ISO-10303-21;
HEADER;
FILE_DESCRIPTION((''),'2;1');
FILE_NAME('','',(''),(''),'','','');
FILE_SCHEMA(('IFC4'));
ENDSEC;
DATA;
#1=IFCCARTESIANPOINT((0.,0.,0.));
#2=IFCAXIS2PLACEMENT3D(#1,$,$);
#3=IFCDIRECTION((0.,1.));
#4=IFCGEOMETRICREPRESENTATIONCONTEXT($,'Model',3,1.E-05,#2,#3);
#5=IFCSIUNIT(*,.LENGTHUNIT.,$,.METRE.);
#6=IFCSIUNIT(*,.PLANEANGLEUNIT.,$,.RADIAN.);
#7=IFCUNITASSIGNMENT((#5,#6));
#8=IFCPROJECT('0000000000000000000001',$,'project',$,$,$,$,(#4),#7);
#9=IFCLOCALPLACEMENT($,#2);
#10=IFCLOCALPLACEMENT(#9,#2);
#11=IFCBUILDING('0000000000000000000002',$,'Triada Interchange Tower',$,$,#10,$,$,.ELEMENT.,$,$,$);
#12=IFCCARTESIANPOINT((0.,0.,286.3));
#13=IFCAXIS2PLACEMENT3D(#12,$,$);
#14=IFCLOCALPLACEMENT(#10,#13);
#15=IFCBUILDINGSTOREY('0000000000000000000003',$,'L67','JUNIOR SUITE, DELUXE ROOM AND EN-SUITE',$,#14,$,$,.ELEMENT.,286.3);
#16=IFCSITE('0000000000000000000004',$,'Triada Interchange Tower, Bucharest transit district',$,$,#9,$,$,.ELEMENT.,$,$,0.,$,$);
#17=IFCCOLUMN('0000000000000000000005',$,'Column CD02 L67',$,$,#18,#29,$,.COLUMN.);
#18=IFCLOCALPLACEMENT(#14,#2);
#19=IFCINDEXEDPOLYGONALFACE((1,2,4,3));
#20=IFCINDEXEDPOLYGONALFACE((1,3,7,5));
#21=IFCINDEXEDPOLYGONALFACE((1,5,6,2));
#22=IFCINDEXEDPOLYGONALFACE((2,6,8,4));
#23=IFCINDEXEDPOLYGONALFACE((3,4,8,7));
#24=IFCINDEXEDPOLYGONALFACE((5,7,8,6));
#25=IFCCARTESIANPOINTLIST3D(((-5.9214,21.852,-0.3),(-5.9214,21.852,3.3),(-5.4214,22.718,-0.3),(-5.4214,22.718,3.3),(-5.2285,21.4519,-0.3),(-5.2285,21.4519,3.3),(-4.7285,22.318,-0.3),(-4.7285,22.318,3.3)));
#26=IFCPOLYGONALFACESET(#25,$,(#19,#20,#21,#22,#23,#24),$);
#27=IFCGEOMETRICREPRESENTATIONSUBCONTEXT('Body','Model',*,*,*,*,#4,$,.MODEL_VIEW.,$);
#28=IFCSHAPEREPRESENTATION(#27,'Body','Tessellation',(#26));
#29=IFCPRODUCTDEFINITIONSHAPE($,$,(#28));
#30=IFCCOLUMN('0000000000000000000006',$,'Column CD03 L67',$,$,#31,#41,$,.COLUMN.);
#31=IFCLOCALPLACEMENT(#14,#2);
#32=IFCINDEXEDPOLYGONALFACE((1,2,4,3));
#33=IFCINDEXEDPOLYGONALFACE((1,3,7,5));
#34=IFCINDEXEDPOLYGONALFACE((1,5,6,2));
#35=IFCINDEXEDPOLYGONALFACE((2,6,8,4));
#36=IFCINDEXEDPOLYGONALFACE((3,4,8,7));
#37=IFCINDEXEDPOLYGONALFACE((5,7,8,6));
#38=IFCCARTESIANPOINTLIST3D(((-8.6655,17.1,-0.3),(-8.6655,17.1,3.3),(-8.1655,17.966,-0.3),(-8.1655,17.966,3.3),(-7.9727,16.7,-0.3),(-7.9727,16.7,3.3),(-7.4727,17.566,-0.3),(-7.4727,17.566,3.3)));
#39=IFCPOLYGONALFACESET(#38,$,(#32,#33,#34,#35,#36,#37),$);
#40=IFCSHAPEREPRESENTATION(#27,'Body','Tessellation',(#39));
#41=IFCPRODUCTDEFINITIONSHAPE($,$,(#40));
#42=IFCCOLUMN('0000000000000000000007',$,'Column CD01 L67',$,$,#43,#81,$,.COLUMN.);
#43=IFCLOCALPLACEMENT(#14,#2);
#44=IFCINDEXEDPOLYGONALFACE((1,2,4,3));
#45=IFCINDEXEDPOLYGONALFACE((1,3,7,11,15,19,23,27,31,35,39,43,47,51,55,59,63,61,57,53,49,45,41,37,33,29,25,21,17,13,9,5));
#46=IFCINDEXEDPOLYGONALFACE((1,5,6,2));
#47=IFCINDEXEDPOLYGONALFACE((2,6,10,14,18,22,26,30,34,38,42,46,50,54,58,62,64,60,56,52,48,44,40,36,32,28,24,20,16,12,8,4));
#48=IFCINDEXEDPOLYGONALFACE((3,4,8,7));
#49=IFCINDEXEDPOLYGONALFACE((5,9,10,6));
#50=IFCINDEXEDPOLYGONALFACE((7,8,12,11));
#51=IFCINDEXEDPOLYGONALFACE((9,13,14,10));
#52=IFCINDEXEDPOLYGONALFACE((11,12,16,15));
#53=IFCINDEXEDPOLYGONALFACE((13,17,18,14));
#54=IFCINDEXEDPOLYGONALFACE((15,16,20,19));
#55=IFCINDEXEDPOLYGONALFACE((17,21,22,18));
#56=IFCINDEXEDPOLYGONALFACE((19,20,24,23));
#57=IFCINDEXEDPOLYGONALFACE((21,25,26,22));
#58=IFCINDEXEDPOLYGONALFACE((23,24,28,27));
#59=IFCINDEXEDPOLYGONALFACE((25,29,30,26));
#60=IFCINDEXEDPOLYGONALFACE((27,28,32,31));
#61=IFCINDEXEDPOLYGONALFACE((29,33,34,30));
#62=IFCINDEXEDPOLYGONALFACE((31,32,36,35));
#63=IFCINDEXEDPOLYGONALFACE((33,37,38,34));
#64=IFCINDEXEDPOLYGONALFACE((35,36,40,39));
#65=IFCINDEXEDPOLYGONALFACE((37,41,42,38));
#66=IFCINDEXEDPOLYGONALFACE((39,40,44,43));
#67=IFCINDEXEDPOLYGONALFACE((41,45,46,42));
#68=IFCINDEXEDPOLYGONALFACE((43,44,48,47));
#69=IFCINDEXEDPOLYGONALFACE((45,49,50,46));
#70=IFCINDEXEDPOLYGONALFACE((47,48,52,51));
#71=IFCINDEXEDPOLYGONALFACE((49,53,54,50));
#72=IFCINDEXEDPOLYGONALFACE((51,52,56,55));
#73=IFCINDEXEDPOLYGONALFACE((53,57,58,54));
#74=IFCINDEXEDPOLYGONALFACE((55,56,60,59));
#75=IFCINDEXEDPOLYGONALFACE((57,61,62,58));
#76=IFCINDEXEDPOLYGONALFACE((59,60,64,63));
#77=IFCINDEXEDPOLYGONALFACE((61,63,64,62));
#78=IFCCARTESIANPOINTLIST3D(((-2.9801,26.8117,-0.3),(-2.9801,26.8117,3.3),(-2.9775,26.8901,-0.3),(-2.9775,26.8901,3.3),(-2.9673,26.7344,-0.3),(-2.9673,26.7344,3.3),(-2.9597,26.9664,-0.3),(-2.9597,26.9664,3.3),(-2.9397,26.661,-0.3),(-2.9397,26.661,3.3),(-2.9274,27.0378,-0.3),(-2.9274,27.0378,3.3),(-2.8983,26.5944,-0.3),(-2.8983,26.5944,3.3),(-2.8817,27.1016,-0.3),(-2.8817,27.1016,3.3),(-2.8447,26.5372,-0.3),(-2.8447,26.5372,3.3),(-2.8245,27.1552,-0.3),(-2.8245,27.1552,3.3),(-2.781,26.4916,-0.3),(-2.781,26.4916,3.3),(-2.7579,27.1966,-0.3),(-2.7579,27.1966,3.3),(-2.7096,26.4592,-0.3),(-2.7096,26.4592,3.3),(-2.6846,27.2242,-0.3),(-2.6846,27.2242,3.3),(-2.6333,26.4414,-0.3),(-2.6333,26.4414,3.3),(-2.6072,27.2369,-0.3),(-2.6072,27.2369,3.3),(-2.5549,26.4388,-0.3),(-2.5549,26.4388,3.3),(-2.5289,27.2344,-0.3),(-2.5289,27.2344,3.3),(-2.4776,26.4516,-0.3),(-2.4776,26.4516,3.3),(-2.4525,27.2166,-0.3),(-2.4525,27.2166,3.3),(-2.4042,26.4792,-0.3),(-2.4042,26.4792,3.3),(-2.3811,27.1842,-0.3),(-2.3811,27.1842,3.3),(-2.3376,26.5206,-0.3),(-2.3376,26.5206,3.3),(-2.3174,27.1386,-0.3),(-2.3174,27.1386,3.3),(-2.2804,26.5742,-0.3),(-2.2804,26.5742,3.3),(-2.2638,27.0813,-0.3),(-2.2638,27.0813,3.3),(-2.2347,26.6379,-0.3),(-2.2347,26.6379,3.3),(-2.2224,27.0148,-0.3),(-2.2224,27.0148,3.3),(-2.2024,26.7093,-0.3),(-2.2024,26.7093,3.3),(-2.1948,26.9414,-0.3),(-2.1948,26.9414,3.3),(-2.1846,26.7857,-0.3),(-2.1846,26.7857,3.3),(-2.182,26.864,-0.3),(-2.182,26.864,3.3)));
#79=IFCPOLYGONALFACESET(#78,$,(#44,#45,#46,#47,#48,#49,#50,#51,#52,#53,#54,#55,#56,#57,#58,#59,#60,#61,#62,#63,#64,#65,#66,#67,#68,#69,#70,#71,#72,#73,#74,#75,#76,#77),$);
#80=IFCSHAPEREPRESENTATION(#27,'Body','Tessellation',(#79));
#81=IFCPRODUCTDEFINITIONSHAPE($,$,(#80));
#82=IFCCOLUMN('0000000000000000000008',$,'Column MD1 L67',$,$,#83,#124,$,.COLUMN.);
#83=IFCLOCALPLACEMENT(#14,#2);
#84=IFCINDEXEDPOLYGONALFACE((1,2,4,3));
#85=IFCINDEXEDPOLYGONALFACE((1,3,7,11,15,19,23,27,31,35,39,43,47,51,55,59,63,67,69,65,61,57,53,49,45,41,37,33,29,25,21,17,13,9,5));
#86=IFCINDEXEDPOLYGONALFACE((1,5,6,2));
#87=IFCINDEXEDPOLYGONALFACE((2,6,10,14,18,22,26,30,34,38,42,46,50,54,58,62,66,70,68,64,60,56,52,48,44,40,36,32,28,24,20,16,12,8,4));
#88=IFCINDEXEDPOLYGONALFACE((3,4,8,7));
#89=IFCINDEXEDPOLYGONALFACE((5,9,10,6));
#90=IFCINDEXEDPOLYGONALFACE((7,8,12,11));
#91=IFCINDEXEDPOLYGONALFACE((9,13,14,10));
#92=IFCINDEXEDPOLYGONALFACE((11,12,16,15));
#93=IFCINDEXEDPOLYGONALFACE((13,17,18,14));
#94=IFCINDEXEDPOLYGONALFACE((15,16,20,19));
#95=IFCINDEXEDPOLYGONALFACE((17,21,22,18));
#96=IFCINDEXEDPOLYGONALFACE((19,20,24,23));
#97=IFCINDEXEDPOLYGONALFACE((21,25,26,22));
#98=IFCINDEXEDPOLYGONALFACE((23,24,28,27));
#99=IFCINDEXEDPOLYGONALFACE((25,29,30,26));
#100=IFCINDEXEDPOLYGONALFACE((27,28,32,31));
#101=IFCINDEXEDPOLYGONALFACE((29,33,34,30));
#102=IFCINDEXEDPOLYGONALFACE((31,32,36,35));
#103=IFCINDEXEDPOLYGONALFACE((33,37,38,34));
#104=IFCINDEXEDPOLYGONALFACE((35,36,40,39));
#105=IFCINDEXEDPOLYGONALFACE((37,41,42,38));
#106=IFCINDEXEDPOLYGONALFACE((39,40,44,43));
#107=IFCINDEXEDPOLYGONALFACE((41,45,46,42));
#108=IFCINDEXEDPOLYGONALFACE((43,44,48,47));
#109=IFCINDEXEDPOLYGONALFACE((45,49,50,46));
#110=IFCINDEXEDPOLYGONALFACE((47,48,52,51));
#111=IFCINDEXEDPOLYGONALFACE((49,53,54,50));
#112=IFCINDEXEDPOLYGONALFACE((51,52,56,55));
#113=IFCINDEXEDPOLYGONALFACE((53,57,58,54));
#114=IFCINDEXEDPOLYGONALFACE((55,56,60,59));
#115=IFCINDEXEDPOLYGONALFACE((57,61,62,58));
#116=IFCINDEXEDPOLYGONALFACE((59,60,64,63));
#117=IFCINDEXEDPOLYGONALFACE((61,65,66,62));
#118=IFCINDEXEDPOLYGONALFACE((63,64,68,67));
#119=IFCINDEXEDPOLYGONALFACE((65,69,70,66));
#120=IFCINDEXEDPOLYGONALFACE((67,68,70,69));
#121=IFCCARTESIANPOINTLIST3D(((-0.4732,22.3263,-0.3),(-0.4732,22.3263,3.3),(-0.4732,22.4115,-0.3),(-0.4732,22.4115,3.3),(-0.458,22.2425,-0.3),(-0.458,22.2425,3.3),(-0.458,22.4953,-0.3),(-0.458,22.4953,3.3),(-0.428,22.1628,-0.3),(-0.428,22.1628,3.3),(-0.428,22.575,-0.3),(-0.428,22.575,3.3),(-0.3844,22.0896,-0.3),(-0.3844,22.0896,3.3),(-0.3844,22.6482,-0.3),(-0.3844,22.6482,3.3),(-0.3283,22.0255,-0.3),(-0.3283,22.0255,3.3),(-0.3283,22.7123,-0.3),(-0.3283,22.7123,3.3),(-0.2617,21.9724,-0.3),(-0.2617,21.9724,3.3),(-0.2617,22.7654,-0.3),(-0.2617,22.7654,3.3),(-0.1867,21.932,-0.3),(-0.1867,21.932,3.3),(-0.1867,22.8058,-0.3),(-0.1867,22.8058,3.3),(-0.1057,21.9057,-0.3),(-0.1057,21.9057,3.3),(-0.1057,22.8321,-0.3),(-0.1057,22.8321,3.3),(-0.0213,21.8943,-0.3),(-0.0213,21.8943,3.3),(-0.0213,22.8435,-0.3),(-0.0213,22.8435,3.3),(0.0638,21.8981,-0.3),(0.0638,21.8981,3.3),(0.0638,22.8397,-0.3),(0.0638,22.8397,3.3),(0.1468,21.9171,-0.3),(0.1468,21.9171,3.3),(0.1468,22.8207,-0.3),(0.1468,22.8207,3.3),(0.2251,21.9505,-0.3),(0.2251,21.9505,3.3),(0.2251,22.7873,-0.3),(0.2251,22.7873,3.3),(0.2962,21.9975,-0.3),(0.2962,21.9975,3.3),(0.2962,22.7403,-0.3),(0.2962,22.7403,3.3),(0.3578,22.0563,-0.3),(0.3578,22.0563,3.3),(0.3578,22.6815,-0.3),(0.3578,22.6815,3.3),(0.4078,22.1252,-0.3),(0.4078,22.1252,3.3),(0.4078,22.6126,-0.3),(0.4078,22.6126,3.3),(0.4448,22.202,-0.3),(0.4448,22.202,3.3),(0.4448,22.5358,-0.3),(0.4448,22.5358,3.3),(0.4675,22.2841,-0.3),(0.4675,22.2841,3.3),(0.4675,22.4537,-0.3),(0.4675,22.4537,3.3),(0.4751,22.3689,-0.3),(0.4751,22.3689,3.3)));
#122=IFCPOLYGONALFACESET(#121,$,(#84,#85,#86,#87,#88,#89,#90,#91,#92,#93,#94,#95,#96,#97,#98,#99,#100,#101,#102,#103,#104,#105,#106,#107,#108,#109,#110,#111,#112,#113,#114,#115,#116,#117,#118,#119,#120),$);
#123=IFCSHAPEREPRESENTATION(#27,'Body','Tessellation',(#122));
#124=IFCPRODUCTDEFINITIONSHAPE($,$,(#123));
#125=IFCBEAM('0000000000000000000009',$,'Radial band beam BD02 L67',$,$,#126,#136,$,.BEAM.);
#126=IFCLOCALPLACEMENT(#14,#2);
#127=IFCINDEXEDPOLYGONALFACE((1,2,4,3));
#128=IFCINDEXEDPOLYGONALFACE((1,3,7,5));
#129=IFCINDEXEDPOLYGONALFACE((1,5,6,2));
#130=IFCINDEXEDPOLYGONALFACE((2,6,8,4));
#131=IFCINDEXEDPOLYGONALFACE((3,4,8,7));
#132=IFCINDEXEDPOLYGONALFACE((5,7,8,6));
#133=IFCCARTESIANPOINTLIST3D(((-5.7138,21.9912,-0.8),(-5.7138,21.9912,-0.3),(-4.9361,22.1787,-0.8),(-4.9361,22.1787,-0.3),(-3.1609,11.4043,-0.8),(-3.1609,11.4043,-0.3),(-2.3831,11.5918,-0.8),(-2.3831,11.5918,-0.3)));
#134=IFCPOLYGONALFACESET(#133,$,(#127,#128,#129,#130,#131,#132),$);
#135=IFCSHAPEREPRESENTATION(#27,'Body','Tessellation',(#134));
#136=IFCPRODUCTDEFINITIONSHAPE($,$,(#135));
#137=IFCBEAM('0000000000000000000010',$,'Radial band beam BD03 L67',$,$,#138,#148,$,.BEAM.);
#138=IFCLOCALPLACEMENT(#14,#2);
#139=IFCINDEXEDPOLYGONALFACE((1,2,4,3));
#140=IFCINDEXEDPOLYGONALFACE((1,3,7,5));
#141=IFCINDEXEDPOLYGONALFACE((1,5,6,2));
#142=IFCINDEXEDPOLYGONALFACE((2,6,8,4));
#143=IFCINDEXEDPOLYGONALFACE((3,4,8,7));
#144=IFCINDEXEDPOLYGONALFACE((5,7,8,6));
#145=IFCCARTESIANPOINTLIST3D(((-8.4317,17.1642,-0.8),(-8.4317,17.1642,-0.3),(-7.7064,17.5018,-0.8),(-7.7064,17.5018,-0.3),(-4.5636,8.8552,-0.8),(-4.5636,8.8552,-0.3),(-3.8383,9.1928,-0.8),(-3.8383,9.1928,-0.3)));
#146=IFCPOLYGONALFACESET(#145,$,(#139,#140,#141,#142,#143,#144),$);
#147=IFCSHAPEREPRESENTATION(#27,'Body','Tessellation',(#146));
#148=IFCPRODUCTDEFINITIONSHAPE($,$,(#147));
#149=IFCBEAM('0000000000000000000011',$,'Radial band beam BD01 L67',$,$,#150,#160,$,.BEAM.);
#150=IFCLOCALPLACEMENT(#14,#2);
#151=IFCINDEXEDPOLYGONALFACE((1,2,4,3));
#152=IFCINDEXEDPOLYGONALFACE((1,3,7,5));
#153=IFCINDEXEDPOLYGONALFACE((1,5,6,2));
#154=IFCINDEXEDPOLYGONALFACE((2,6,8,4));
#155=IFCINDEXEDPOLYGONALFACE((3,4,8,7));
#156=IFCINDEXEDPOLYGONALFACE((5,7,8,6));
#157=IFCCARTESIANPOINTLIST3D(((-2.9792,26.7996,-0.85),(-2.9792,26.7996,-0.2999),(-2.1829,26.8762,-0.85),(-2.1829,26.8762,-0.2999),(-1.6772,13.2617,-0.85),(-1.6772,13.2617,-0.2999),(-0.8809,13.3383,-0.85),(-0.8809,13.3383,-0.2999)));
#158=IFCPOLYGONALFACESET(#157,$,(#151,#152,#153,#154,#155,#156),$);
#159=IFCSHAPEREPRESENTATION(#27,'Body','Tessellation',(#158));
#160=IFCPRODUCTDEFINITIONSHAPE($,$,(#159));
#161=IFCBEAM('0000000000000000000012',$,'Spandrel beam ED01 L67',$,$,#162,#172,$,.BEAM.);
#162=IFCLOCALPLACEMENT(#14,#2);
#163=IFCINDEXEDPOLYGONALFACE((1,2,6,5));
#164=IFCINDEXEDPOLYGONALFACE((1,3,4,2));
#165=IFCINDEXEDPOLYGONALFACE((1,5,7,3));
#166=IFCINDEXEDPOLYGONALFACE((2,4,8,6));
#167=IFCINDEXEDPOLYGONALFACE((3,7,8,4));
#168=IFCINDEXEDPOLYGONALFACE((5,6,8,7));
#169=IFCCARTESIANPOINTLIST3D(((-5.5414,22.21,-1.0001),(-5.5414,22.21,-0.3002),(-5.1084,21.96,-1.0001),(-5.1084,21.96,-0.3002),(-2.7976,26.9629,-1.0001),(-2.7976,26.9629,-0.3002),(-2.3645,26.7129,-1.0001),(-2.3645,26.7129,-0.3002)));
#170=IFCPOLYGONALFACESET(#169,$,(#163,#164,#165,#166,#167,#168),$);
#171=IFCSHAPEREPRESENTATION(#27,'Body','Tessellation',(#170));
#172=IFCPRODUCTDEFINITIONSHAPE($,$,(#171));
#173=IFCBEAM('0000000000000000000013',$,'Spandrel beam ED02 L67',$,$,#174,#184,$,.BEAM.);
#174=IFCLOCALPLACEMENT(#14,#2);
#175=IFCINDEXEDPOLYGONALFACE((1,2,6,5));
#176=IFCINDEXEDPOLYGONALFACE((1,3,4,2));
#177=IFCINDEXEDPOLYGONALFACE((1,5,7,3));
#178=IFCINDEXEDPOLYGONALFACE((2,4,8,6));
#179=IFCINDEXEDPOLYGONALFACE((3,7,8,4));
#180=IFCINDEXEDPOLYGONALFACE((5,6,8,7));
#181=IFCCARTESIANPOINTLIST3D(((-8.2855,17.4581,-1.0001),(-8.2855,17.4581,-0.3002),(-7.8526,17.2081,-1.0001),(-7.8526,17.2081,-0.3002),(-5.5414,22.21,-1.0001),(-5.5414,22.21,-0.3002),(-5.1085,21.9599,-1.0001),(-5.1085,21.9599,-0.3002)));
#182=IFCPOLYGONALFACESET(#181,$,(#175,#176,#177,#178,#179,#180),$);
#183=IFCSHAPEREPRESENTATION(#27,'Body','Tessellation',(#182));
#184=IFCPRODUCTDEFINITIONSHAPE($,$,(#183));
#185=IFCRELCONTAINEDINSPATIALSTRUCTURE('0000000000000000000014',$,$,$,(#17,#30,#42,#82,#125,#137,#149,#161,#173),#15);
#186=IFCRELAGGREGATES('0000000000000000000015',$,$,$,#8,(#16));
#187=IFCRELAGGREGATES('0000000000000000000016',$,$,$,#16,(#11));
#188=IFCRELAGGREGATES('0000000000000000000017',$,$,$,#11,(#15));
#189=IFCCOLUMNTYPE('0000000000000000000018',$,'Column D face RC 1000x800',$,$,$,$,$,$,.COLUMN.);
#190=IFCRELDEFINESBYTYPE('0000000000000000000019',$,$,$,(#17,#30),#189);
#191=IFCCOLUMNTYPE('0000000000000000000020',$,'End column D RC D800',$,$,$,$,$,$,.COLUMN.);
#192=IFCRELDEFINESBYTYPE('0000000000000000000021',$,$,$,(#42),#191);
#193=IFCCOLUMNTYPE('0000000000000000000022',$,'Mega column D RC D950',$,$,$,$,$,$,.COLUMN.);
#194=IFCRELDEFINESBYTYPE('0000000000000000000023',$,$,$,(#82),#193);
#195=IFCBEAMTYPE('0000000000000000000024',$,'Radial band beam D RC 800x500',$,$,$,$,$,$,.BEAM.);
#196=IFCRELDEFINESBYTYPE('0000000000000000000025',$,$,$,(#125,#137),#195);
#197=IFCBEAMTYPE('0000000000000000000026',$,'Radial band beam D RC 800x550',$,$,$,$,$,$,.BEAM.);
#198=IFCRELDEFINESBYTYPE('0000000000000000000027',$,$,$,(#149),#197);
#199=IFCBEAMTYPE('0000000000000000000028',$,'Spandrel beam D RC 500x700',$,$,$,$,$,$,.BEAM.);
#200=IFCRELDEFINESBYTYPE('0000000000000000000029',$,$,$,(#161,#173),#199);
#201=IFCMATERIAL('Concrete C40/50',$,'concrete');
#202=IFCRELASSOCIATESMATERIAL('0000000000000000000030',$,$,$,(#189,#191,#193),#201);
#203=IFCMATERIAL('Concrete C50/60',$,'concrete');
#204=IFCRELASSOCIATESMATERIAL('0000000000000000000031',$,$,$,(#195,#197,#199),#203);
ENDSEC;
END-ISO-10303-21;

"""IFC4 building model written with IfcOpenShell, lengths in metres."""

from ifc_helpers import new_model, si_unit, direction, frame, origin, origin_2d, place, context, subcontext, project, spatial, rectangle, circle, extrude, material, material_profile, profile_set, type_object, element, save


model = new_model("IFC4")

# Units and contexts
model_context = context("Model", 3, precision=1e-05, world=origin(), true_north=direction((0.0, 1.0)))
body_context = subcontext(model_context, "Body", "Model", "MODEL_VIEW")
ifc_project = project(units=[si_unit("LENGTHUNIT", "METRE"), si_unit("PLANEANGLEUNIT", "RADIAN")], contexts=[model_context])

# Site, building, storey
site_placement = place(None, origin())
site = spatial("IfcSite", under=ifc_project, at=site_placement, Name="Triada Interchange Tower, Bucharest transit district", CompositionType="ELEMENT", RefElevation=0.0)
building_placement = place(site_placement, origin())
building = spatial("IfcBuilding", under=site, at=building_placement, Name="Triada Interchange Tower", CompositionType="ELEMENT")
storey_placement = place(building_placement, frame((0.0, 0.0, 286.3)))
storey = spatial("IfcBuildingStorey", under=building, at=storey_placement, Name="L67", Description="JUNIOR SUITE, DELUXE ROOM AND EN-SUITE", CompositionType="ELEMENT", Elevation=286.3)

# Columns
ifc_material_1 = material(Name="Concrete C40/50", Category="concrete")
ifc_material_profile_1 = material_profile(ifc_material_1, rectangle(XDim=1.0, YDim=0.8, at=origin_2d()), Name="RC 1000x800")
ifc_profile_set_1 = profile_set([ifc_material_profile_1], Name="Concrete C40/50")
column_type_1 = type_object("IfcColumnType", Name="Column D face RC 1000x800", PredefinedType="COLUMN", material=ifc_profile_set_1)
for number, where, z_axis, x_axis, name in (
    (1, (-5.325, 22.085, -0.3), (0.0, 0.0, 1.0), (0.5, 0.866025, 0.0), "Column CD02 L67"),
    (2, (-8.0691, 17.333, -0.3), (0.0, 0.0, 1.0), (0.5, 0.866025, 0.0), "Column CD03 L67"),
):
    element("IfcColumn", number, at=place(storey_placement, frame(where, z_axis=z_axis, x_axis=x_axis)), inside=storey, type_object=column_type_1, Name=name, PredefinedType="COLUMN", context=body_context, shape_type="SweptSolid", body=[
        extrude(rectangle(XDim=1.0, YDim=0.8, at=origin_2d()), origin(), (0.0, 0.0, 1.0), 3.6001),
    ])
ifc_material_profile_2 = material_profile(ifc_material_1, circle(Radius=0.3999, at=origin_2d()), Name="RC D800")
ifc_profile_set_2 = profile_set([ifc_material_profile_2], Name="Concrete C40/50")
column_type_2 = type_object("IfcColumnType", Name="End column D RC D800", PredefinedType="COLUMN", material=ifc_profile_set_2)
column_1_placement = place(storey_placement, frame((-2.5811, 26.8379, -0.3), z_axis=(0.0, 0.0, 1.0), x_axis=(0.5, 0.866025, 0.0)))
element("IfcColumn", 3, at=column_1_placement, inside=storey, type_object=column_type_2, Name="Column CD01 L67", PredefinedType="COLUMN", context=body_context, shape_type="SweptSolid", body=[
    extrude(circle(Radius=0.3999, at=origin_2d()), origin(), (0.0, 0.0, 1.0), 3.6001),
])
ifc_material_profile_3 = material_profile(ifc_material_1, circle(Radius=0.4751, at=origin_2d()), Name="RC D950")
ifc_profile_set_3 = profile_set([ifc_material_profile_3], Name="Concrete C40/50")
column_type_3 = type_object("IfcColumnType", Name="Mega column D RC D950", PredefinedType="COLUMN", material=ifc_profile_set_3)
column_2_placement = place(storey_placement, frame((0.0, 22.3689, -0.3), z_axis=(0.0, 0.0, 1.0), x_axis=(1.0, 0.0, 0.0)))
element("IfcColumn", 4, at=column_2_placement, inside=storey, type_object=column_type_3, Name="Column MD1 L67", PredefinedType="COLUMN", context=body_context, shape_type="SweptSolid", body=[
    extrude(circle(Radius=0.4751, at=origin_2d()), origin(), (0.0, 0.0, 1.0), 3.6001),
])

# Beams
ifc_material_2 = material(Name="Concrete C50/60", Category="concrete")
ifc_material_profile_4 = material_profile(ifc_material_2, rectangle(XDim=0.8, YDim=0.5, at=origin_2d()), Name="RC 800x500")
ifc_profile_set_4 = profile_set([ifc_material_profile_4], Name="Concrete C50/60")
beam_type_1 = type_object("IfcBeamType", Name="Radial band beam D RC 800x500", PredefinedType="BEAM", material=ifc_profile_set_4)
beam_1_placement = place(storey_placement, frame((-5.325, 22.085, -0.55), z_axis=(0.234425, -0.972134, 0.0), x_axis=(0.972134, 0.234425, 0.0)))
element("IfcBeam", 5, at=beam_1_placement, inside=storey, type_object=beam_type_1, Name="Radial band beam BD02 L67", PredefinedType="BEAM", context=body_context, shape_type="SweptSolid", body=[
    extrude(rectangle(XDim=0.8, YDim=0.5, at=origin_2d()), origin(), (0.0, 0.0, 1.0), 10.8904),
])
beam_2_placement = place(storey_placement, frame((-8.0691, 17.333, -0.55), z_axis=(0.422042, -0.906576, 0.0), x_axis=(0.906576, 0.422042, 0.0)))
element("IfcBeam", 6, at=beam_2_placement, inside=storey, type_object=beam_type_1, Name="Radial band beam BD03 L67", PredefinedType="BEAM", context=body_context, shape_type="SweptSolid", body=[
    extrude(rectangle(XDim=0.8, YDim=0.5, at=origin_2d()), origin(), (0.0, 0.0, 1.0), 9.1653),
])
ifc_material_profile_5 = material_profile(ifc_material_2, rectangle(XDim=0.8, YDim=0.55, at=origin_2d()), Name="RC 800x550")
ifc_profile_set_5 = profile_set([ifc_material_profile_5], Name="Concrete C50/60")
beam_type_2 = type_object("IfcBeamType", Name="Radial band beam D RC 800x550", PredefinedType="BEAM", material=ifc_profile_set_5)
beam_3_placement = place(storey_placement, frame((-2.5811, 26.8379, -0.575), z_axis=(0.095733, -0.995407, 0.0), x_axis=(0.995407, 0.095733, 0.0)))
element("IfcBeam", 7, at=beam_3_placement, inside=storey, type_object=beam_type_2, Name="Radial band beam BD01 L67", PredefinedType="BEAM", context=body_context, shape_type="SweptSolid", body=[
    extrude(rectangle(XDim=0.8, YDim=0.55, at=origin_2d()), origin(), (0.0, 0.0, 1.0), 13.6003),
])
ifc_material_profile_6 = material_profile(ifc_material_2, rectangle(XDim=0.5, YDim=0.7, at=origin_2d()), Name="RC 500x700")
ifc_profile_set_6 = profile_set([ifc_material_profile_6], Name="Concrete C50/60")
beam_type_3 = type_object("IfcBeamType", Name="Spandrel beam D RC 500x700", PredefinedType="BEAM", material=ifc_profile_set_6)
beam_4_placement = place(storey_placement, frame((-2.5811, 26.8379, -0.6501), z_axis=(-0.499971, -0.866042, 0.0), x_axis=(0.866042, -0.499971, 0.0)))
element("IfcBeam", 8, at=beam_4_placement, inside=storey, type_object=beam_type_3, Name="Spandrel beam ED01 L67", PredefinedType="BEAM", context=body_context, shape_type="SweptSolid", body=[
    extrude(rectangle(XDim=0.5, YDim=0.7, at=origin_2d()), origin(), (0.0, 0.0, 1.0), 5.488),
])
beam_5_placement = place(storey_placement, frame((-5.325, 22.085, -0.6501), z_axis=(-0.500082, -0.865978, 0.0), x_axis=(0.865978, -0.500082, 0.0)))
element("IfcBeam", 9, at=beam_5_placement, inside=storey, type_object=beam_type_3, Name="Spandrel beam ED02 L67", PredefinedType="BEAM", context=body_context, shape_type="SweptSolid", body=[
    extrude(rectangle(XDim=0.5, YDim=0.7, at=origin_2d()), origin(), (0.0, 0.0, 1.0), 5.4873),
])

save(model, "model.ifc")
